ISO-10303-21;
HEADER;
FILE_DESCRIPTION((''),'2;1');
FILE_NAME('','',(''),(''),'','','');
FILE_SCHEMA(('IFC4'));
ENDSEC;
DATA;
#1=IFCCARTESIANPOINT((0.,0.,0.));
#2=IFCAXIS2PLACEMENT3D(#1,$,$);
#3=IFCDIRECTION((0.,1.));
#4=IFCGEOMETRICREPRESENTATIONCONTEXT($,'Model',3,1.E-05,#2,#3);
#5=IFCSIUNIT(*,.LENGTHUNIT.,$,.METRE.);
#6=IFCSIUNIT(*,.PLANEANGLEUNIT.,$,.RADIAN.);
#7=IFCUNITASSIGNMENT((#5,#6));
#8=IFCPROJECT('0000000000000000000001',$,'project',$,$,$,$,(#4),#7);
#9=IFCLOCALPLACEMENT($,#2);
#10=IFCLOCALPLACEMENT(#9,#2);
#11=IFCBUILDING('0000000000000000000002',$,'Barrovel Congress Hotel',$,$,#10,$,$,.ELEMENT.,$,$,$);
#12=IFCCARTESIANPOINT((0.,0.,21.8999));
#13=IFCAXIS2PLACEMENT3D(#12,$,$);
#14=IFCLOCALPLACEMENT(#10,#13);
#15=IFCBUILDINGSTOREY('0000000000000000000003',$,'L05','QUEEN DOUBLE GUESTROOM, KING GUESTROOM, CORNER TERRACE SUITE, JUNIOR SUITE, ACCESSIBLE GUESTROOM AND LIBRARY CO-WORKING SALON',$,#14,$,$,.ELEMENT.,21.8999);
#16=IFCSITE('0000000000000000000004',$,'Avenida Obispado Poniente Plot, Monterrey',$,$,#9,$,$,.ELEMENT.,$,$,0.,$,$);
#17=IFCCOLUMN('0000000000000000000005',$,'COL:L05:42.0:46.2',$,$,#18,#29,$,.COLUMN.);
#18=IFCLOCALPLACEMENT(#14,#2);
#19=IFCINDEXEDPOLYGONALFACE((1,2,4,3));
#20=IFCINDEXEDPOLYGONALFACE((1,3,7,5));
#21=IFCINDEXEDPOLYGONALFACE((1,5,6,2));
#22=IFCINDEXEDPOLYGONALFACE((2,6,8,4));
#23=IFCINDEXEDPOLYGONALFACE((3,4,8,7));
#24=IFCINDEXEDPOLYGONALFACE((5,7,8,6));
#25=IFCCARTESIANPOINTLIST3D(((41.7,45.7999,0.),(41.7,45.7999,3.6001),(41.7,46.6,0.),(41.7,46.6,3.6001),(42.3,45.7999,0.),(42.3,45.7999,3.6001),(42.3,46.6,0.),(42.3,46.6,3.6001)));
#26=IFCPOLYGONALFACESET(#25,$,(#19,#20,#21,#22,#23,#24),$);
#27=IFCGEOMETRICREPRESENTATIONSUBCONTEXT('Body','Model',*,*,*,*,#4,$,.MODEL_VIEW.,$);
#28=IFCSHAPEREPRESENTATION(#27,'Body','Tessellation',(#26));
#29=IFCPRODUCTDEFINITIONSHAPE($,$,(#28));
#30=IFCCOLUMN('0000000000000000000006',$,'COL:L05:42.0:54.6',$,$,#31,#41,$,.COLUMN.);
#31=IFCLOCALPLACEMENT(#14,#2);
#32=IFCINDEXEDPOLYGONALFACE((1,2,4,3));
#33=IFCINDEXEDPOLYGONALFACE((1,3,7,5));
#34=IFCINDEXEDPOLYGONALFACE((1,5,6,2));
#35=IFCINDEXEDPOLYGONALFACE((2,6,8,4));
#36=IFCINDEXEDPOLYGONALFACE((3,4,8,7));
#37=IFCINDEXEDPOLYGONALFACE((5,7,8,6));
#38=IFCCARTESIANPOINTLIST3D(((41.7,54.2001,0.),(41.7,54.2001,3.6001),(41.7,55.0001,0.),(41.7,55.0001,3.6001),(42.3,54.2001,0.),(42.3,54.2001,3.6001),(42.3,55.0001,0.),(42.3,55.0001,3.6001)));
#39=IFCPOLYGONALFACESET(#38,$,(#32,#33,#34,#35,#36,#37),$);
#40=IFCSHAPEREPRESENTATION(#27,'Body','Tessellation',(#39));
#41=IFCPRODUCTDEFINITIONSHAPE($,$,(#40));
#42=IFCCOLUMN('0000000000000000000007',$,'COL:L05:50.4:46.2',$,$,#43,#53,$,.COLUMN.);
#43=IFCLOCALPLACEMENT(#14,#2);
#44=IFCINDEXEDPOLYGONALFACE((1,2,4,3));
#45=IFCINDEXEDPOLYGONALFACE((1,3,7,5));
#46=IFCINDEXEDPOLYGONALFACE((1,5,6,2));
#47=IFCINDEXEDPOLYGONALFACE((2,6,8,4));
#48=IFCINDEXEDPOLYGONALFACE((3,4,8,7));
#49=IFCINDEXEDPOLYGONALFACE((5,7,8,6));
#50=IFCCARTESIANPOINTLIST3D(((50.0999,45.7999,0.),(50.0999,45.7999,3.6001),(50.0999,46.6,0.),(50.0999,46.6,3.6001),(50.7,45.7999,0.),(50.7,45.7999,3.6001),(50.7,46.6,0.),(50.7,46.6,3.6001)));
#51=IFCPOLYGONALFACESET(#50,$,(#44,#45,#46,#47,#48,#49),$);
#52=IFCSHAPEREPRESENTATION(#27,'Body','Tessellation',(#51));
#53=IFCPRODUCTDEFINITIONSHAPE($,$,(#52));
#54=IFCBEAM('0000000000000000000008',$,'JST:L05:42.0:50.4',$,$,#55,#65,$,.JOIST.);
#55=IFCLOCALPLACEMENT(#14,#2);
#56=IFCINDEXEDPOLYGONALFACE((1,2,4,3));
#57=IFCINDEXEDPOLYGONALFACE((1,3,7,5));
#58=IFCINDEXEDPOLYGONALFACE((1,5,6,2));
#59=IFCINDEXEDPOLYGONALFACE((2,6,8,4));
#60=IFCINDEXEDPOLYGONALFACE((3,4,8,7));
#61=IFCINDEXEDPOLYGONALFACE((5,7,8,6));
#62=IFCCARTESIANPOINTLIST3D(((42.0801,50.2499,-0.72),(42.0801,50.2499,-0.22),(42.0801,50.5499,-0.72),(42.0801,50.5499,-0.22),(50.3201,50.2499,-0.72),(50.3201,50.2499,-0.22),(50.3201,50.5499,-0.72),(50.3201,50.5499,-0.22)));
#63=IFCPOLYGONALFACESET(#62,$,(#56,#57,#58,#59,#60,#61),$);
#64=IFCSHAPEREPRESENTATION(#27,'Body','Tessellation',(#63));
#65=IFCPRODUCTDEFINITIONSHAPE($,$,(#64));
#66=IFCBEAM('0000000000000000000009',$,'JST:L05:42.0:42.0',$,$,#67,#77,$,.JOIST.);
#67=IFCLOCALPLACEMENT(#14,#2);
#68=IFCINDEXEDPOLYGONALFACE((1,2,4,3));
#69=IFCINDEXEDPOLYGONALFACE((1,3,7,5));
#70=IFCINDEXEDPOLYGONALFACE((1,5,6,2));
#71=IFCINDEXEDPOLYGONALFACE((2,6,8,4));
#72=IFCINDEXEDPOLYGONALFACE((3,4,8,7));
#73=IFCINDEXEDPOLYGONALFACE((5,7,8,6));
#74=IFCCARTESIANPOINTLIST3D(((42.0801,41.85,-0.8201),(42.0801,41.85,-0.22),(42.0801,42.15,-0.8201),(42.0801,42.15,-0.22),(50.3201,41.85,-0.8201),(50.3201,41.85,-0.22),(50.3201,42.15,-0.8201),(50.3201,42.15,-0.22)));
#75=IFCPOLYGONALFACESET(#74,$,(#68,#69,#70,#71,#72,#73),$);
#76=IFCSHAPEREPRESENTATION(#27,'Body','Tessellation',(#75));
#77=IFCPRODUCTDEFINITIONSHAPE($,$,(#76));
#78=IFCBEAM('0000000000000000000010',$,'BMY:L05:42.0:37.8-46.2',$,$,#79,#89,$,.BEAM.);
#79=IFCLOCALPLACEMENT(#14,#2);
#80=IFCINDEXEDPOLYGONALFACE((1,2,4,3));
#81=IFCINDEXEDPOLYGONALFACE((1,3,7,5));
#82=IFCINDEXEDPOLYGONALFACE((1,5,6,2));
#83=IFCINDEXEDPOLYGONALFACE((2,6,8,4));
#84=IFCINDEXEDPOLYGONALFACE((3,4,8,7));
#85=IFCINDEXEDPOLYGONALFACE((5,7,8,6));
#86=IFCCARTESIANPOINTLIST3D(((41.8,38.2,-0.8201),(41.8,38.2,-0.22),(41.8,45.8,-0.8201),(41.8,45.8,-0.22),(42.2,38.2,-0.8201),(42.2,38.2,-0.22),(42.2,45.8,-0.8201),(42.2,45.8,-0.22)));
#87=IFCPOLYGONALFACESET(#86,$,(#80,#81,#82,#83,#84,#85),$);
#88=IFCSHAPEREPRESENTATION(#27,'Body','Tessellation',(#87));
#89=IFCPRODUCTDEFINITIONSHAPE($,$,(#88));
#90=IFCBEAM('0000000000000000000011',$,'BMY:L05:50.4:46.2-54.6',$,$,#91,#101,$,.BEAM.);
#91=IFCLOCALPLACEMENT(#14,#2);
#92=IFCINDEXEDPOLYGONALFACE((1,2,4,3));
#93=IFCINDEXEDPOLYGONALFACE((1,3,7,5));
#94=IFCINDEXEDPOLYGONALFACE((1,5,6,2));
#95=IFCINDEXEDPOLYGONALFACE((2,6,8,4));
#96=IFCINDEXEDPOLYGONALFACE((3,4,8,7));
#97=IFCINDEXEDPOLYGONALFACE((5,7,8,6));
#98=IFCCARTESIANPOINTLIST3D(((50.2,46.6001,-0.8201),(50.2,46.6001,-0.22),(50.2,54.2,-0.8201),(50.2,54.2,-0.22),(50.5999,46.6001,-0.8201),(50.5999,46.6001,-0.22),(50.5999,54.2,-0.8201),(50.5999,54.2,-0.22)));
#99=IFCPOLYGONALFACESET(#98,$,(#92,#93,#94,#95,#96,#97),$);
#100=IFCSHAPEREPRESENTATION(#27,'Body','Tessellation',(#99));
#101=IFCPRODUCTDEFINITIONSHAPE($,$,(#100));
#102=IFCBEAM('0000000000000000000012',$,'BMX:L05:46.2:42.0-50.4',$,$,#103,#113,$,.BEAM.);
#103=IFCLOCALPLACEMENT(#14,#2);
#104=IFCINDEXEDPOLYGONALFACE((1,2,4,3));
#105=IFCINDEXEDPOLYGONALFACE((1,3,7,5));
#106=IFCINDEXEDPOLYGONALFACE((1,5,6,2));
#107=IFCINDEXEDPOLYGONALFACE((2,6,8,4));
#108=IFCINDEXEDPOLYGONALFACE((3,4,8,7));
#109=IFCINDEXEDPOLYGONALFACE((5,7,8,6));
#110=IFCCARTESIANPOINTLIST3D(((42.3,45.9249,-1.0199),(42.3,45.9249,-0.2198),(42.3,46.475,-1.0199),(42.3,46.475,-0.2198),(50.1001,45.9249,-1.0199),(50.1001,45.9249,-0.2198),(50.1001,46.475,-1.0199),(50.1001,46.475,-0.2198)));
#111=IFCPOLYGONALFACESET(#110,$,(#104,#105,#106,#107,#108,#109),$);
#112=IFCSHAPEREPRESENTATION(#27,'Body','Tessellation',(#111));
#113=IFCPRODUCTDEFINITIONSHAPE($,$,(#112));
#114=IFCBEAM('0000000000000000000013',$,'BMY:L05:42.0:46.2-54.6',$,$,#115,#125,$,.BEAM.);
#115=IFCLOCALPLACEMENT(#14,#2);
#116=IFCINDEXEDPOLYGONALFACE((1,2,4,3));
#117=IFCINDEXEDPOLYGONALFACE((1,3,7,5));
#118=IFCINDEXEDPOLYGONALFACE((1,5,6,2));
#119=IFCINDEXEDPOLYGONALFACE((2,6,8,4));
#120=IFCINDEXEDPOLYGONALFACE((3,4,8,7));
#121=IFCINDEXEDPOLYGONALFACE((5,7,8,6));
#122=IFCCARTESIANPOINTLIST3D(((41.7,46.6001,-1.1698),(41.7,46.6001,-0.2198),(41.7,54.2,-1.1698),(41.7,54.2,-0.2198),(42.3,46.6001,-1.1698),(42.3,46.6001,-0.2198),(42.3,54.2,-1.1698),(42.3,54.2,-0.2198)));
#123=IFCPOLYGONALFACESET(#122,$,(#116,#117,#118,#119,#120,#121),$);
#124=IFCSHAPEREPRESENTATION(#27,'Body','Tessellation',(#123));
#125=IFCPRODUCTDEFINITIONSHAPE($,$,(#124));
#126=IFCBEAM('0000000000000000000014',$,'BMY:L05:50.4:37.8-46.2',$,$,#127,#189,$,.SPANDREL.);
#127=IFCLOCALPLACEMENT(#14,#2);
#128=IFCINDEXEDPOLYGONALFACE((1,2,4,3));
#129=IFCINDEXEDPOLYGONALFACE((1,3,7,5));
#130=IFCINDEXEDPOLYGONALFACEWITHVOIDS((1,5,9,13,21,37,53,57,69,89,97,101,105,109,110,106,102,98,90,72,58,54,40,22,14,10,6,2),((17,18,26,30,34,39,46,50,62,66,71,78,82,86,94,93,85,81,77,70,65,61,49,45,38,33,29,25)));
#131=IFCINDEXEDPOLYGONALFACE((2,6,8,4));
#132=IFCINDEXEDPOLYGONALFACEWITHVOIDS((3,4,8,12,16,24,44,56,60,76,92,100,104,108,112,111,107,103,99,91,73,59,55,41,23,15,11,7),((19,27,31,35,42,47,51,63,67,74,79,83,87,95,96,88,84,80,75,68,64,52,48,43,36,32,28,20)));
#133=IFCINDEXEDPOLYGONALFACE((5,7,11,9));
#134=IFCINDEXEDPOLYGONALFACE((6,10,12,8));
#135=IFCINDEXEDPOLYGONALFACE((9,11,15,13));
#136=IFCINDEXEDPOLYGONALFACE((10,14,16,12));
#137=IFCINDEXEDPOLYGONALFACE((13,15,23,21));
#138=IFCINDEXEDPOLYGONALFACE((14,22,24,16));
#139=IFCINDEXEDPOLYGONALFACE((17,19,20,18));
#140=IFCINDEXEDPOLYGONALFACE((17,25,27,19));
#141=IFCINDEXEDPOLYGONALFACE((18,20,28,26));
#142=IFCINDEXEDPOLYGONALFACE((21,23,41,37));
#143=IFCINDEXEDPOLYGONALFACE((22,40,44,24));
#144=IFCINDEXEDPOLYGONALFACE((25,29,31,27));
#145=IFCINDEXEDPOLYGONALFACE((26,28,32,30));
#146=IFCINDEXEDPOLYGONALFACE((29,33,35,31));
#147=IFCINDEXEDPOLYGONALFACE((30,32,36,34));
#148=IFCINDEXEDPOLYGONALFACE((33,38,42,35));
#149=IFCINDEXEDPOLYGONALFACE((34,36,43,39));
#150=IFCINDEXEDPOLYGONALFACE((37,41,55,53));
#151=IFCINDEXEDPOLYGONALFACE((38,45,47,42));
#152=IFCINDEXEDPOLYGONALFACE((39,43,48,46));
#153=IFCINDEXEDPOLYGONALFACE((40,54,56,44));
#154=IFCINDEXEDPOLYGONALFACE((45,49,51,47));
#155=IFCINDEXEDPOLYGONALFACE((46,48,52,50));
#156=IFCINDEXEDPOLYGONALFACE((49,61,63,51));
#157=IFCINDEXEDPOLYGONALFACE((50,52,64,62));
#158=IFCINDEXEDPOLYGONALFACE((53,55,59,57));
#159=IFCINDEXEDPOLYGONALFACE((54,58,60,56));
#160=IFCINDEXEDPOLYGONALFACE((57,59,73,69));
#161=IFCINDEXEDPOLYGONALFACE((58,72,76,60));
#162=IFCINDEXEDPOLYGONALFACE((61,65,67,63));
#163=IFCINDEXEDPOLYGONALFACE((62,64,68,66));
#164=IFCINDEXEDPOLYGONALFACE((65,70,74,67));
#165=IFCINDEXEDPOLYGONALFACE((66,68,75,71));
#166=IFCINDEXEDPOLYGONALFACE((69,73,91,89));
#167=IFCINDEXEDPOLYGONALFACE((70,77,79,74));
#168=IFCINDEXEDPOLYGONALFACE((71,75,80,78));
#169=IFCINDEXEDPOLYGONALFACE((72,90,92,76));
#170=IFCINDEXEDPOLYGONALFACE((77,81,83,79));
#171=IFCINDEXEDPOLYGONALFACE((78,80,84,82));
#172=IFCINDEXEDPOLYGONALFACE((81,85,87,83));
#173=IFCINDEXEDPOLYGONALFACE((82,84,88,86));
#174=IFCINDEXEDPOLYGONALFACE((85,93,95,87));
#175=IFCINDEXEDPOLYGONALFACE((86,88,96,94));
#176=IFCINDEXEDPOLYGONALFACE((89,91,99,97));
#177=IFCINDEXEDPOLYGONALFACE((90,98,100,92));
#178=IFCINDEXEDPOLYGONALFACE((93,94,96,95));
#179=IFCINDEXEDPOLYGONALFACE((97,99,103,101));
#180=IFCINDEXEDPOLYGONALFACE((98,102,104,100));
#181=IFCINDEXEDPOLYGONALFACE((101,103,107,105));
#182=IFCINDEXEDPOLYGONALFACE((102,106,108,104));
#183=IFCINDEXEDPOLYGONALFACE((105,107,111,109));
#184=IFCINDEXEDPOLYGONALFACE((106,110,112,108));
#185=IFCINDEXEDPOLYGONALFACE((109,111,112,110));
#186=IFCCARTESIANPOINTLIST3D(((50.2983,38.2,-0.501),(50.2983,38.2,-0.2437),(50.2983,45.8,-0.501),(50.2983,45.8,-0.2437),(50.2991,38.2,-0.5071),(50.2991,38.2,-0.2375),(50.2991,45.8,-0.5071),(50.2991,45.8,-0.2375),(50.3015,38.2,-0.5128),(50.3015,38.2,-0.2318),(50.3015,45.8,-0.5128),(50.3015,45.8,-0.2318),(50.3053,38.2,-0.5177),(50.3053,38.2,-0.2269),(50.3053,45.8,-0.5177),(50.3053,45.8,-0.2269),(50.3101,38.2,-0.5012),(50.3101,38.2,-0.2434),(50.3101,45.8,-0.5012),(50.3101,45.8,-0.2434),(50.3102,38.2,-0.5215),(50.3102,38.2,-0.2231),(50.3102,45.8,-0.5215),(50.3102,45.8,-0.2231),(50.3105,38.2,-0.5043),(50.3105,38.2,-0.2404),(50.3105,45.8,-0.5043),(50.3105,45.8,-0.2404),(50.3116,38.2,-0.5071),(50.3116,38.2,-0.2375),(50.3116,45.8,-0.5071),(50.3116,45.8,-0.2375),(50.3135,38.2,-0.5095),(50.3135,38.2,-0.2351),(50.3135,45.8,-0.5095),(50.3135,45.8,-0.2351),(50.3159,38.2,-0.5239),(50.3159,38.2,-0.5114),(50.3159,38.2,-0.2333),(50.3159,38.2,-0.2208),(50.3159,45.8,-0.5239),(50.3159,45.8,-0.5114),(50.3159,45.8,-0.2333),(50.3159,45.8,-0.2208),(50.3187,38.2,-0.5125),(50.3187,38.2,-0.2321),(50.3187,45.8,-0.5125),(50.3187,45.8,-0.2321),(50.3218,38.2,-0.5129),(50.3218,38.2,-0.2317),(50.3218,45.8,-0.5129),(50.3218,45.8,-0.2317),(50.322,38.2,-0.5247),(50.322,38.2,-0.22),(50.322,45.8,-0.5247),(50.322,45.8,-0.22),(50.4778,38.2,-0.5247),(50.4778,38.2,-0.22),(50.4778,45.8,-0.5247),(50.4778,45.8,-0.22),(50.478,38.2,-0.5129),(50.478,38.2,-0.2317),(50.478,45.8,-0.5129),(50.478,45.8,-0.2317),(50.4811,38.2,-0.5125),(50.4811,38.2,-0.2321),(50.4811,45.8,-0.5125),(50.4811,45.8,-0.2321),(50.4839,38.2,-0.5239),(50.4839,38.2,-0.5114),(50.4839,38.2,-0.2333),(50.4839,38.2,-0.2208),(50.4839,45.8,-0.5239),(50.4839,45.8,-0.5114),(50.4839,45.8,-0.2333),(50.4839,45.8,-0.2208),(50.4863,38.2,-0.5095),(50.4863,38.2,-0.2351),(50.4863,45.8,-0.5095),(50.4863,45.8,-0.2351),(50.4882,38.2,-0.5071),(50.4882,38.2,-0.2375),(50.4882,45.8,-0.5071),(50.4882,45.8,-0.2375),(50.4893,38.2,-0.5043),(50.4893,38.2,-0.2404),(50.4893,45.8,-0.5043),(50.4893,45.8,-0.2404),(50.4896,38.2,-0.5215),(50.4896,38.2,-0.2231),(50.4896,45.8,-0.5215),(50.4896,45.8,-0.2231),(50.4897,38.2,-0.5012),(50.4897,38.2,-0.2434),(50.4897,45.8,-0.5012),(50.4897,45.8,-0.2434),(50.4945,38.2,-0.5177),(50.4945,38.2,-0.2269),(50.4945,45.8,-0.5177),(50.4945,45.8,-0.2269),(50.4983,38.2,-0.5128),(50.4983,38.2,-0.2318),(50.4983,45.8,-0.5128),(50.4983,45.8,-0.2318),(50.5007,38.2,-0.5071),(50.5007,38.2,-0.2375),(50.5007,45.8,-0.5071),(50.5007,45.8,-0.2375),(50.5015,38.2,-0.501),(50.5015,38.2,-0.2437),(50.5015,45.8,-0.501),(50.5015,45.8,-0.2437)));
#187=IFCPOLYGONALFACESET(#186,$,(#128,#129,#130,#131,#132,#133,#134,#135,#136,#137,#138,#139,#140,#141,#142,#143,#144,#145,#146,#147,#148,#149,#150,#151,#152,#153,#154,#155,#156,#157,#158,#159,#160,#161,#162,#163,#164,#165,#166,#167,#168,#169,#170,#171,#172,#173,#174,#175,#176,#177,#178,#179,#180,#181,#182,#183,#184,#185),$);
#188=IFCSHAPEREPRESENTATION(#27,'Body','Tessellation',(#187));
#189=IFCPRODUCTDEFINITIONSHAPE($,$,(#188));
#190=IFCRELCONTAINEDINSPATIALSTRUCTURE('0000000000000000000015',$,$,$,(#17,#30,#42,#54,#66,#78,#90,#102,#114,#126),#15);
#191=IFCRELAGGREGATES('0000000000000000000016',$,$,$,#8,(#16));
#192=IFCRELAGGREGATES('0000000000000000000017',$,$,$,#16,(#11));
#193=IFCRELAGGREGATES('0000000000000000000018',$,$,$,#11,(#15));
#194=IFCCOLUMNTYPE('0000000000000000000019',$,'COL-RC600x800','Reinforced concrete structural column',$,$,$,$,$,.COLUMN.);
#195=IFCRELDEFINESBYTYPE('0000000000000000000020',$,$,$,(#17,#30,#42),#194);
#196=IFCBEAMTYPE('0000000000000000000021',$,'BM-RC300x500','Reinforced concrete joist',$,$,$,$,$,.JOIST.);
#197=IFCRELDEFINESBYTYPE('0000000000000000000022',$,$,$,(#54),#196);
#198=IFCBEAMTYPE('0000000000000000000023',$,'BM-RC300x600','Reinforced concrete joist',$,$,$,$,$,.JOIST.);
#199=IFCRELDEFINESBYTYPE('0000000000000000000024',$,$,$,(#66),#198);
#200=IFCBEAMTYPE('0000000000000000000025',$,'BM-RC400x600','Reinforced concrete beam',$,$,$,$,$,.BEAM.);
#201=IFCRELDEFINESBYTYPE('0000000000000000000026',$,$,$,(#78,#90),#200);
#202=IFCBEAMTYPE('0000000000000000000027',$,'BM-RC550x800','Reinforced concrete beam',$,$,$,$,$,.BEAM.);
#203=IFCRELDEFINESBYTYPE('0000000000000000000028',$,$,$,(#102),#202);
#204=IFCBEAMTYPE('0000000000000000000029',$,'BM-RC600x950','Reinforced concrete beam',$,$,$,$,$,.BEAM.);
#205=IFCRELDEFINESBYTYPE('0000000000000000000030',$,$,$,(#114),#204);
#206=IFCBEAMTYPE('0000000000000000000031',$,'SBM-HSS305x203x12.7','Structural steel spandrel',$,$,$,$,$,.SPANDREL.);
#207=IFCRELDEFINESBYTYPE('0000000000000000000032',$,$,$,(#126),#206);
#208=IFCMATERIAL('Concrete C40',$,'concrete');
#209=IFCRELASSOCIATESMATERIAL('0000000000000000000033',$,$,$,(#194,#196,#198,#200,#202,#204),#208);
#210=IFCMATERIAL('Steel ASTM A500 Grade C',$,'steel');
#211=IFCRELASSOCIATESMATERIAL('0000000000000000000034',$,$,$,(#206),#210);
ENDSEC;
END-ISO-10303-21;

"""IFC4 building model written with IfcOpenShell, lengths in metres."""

from ifc_helpers import new_model, si_unit, direction, frame, origin, origin_2d, place, context, subcontext, project, spatial, rectangle, hollow_rectangle, extrude, material, material_profile, profile_set, type_object, element, save


model = new_model("IFC4")

# Units and contexts
model_context = context("Model", 3, precision=1e-05, world=origin(), true_north=direction((0.0, 1.0)))
body_context = subcontext(model_context, "Body", "Model", "MODEL_VIEW")
ifc_project = project(units=[si_unit("LENGTHUNIT", "METRE"), si_unit("PLANEANGLEUNIT", "RADIAN")], contexts=[model_context])

# Site, building, storey
site_placement = place(None, origin())
site = spatial("IfcSite", under=ifc_project, at=site_placement, Name="Avenida Obispado Poniente Plot, Monterrey", CompositionType="ELEMENT", RefElevation=0.0)
building_placement = place(site_placement, origin())
building = spatial("IfcBuilding", under=site, at=building_placement, Name="Barrovel Congress Hotel", CompositionType="ELEMENT")
storey_placement = place(building_placement, frame((0.0, 0.0, 21.8999)))
storey = spatial("IfcBuildingStorey", under=building, at=storey_placement, Name="L05", Description="QUEEN DOUBLE GUESTROOM, KING GUESTROOM, CORNER TERRACE SUITE, JUNIOR SUITE, ACCESSIBLE GUESTROOM AND LIBRARY CO-WORKING SALON", CompositionType="ELEMENT", Elevation=21.8999)

# Columns
ifc_material_1 = material(Name="Concrete C40", Category="concrete")
ifc_material_profile_1 = material_profile(ifc_material_1, rectangle(XDim=0.6001, YDim=0.8, at=origin_2d()), Name="RC600x800")
ifc_profile_set_1 = profile_set([ifc_material_profile_1], Name="Concrete C40")
column_type = type_object("IfcColumnType", Name="COL-RC600x800", Description="Reinforced concrete structural column", PredefinedType="COLUMN", material=ifc_profile_set_1)
for number, where, z_axis, x_axis, name in (
    (1, (42.0, 46.2, 0.0), (0.0, 0.0, 1.0), (1.0, 0.0, 0.0), "COL:L05:42.0:46.2"),
    (2, (42.0, 54.6001, 0.0), (0.0, 0.0, 1.0), (1.0, 0.0, 0.0), "COL:L05:42.0:54.6"),
    (3, (50.3999, 46.2, 0.0), (0.0, 0.0, 1.0), (1.0, 0.0, 0.0), "COL:L05:50.4:46.2"),
):
    element("IfcColumn", number, at=place(storey_placement, frame(where, z_axis=z_axis, x_axis=x_axis)), inside=storey, type_object=column_type, Name=name, PredefinedType="COLUMN", context=body_context, shape_type="SweptSolid", body=[
        extrude(rectangle(XDim=0.6001, YDim=0.8, at=origin_2d()), origin(), (0.0, 0.0, 1.0), 3.6001),
    ])

# Beams
ifc_material_profile_2 = material_profile(ifc_material_1, rectangle(XDim=0.3, YDim=0.5, at=origin_2d()), Name="RC300x500")
ifc_profile_set_2 = profile_set([ifc_material_profile_2], Name="Concrete C40")
beam_type_1 = type_object("IfcBeamType", Name="BM-RC300x500", Description="Reinforced concrete joist", PredefinedType="JOIST", material=ifc_profile_set_2)
beam_1_placement = place(storey_placement, frame((42.0801, 50.3999, -0.47), z_axis=(1.0, 0.0, 0.0), x_axis=(0.0, 1.0, 0.0)))
element("IfcBeam", 4, at=beam_1_placement, inside=storey, type_object=beam_type_1, Name="JST:L05:42.0:50.4", PredefinedType="JOIST", context=body_context, shape_type="SweptSolid", body=[
    extrude(rectangle(XDim=0.3, YDim=0.5, at=origin_2d()), origin(), (0.0, 0.0, 1.0), 8.24),
])
ifc_material_profile_3 = material_profile(ifc_material_1, rectangle(XDim=0.3, YDim=0.6001, at=origin_2d()), Name="RC300x600")
ifc_profile_set_3 = profile_set([ifc_material_profile_3], Name="Concrete C40")
beam_type_2 = type_object("IfcBeamType", Name="BM-RC300x600", Description="Reinforced concrete joist", PredefinedType="JOIST", material=ifc_profile_set_3)
beam_2_placement = place(storey_placement, frame((42.0801, 42.0, -0.52), z_axis=(1.0, 0.0, 0.0), x_axis=(0.0, 1.0, 0.0)))
element("IfcBeam", 5, at=beam_2_placement, inside=storey, type_object=beam_type_2, Name="JST:L05:42.0:42.0", PredefinedType="JOIST", context=body_context, shape_type="SweptSolid", body=[
    extrude(rectangle(XDim=0.3, YDim=0.6001, at=origin_2d()), origin(), (0.0, 0.0, 1.0), 8.24),
])
ifc_material_profile_4 = material_profile(ifc_material_1, rectangle(XDim=0.3999, YDim=0.6001, at=origin_2d()), Name="RC400x600")
ifc_profile_set_4 = profile_set([ifc_material_profile_4], Name="Concrete C40")
beam_type_3 = type_object("IfcBeamType", Name="BM-RC400x600", Description="Reinforced concrete beam", PredefinedType="BEAM", material=ifc_profile_set_4)
beam_3_placement = place(storey_placement, frame((42.0, 38.2, -0.52), z_axis=(0.0, 1.0, 0.0), x_axis=(-1.0, 0.0, 0.0)))
element("IfcBeam", 6, at=beam_3_placement, inside=storey, type_object=beam_type_3, Name="BMY:L05:42.0:37.8-46.2", PredefinedType="BEAM", context=body_context, shape_type="SweptSolid", body=[
    extrude(rectangle(XDim=0.3999, YDim=0.6001, at=origin_2d()), origin(), (0.0, 0.0, 1.0), 7.6001),
])
beam_4_placement = place(storey_placement, frame((50.3999, 46.6001, -0.52), z_axis=(0.0, 1.0, 0.0), x_axis=(-1.0, 0.0, 0.0)))
element("IfcBeam", 7, at=beam_4_placement, inside=storey, type_object=beam_type_3, Name="BMY:L05:50.4:46.2-54.6", PredefinedType="BEAM", context=body_context, shape_type="SweptSolid", body=[
    extrude(rectangle(XDim=0.3999, YDim=0.6001, at=origin_2d()), origin(), (0.0, 0.0, 1.0), 7.5999),
])
ifc_material_profile_5 = material_profile(ifc_material_1, rectangle(XDim=0.55, YDim=0.8, at=origin_2d()), Name="RC550x800")
ifc_profile_set_5 = profile_set([ifc_material_profile_5], Name="Concrete C40")
beam_type_4 = type_object("IfcBeamType", Name="BM-RC550x800", Description="Reinforced concrete beam", PredefinedType="BEAM", material=ifc_profile_set_5)
beam_5_placement = place(storey_placement, frame((42.3, 46.2, -0.6199), z_axis=(1.0, 0.0, 0.0), x_axis=(0.0, 1.0, 0.0)))
element("IfcBeam", 8, at=beam_5_placement, inside=storey, type_object=beam_type_4, Name="BMX:L05:46.2:42.0-50.4", PredefinedType="BEAM", context=body_context, shape_type="SweptSolid", body=[
    extrude(rectangle(XDim=0.55, YDim=0.8, at=origin_2d()), origin(), (0.0, 0.0, 1.0), 7.8),
])
ifc_material_profile_6 = material_profile(ifc_material_1, rectangle(XDim=0.6001, YDim=0.95, at=origin_2d()), Name="RC600x950")
ifc_profile_set_6 = profile_set([ifc_material_profile_6], Name="Concrete C40")
beam_type_5 = type_object("IfcBeamType", Name="BM-RC600x950", Description="Reinforced concrete beam", PredefinedType="BEAM", material=ifc_profile_set_6)
beam_6_placement = place(storey_placement, frame((42.0, 46.6001, -0.6948), z_axis=(0.0, 1.0, 0.0), x_axis=(-1.0, 0.0, 0.0)))
element("IfcBeam", 9, at=beam_6_placement, inside=storey, type_object=beam_type_5, Name="BMY:L05:42.0:46.2-54.6", PredefinedType="BEAM", context=body_context, shape_type="SweptSolid", body=[
    extrude(rectangle(XDim=0.6001, YDim=0.95, at=origin_2d()), origin(), (0.0, 0.0, 1.0), 7.5999),
])
ifc_material_2 = material(Name="Steel ASTM A500 Grade C", Category="steel")
ifc_material_profile_7 = material_profile(ifc_material_2, hollow_rectangle(XDim=0.2031, YDim=0.3047, WallThickness=0.0117, InnerFilletRadius=0.0117, OuterFilletRadius=0.0237, at=origin_2d()), Name="HSS305x203x12.7")
ifc_profile_set_7 = profile_set([ifc_material_profile_7], Name="Steel ASTM A500 Grade C")
beam_type_6 = type_object("IfcBeamType", Name="SBM-HSS305x203x12.7", Description="Structural steel spandrel", PredefinedType="SPANDREL", material=ifc_profile_set_7)
beam_7_placement = place(storey_placement, frame((50.3999, 38.2, -0.3723), z_axis=(0.0, 1.0, 0.0), x_axis=(-1.0, 0.0, 0.0)))
element("IfcBeam", 10, at=beam_7_placement, inside=storey, type_object=beam_type_6, Name="BMY:L05:50.4:37.8-46.2", PredefinedType="SPANDREL", context=body_context, shape_type="SweptSolid", body=[
    extrude(hollow_rectangle(XDim=0.2031, YDim=0.3047, WallThickness=0.0117, InnerFilletRadius=0.0117, OuterFilletRadius=0.0237, at=origin_2d()), origin(), (0.0, 0.0, 1.0), 7.6001),
])

save(model, "model.ifc")
